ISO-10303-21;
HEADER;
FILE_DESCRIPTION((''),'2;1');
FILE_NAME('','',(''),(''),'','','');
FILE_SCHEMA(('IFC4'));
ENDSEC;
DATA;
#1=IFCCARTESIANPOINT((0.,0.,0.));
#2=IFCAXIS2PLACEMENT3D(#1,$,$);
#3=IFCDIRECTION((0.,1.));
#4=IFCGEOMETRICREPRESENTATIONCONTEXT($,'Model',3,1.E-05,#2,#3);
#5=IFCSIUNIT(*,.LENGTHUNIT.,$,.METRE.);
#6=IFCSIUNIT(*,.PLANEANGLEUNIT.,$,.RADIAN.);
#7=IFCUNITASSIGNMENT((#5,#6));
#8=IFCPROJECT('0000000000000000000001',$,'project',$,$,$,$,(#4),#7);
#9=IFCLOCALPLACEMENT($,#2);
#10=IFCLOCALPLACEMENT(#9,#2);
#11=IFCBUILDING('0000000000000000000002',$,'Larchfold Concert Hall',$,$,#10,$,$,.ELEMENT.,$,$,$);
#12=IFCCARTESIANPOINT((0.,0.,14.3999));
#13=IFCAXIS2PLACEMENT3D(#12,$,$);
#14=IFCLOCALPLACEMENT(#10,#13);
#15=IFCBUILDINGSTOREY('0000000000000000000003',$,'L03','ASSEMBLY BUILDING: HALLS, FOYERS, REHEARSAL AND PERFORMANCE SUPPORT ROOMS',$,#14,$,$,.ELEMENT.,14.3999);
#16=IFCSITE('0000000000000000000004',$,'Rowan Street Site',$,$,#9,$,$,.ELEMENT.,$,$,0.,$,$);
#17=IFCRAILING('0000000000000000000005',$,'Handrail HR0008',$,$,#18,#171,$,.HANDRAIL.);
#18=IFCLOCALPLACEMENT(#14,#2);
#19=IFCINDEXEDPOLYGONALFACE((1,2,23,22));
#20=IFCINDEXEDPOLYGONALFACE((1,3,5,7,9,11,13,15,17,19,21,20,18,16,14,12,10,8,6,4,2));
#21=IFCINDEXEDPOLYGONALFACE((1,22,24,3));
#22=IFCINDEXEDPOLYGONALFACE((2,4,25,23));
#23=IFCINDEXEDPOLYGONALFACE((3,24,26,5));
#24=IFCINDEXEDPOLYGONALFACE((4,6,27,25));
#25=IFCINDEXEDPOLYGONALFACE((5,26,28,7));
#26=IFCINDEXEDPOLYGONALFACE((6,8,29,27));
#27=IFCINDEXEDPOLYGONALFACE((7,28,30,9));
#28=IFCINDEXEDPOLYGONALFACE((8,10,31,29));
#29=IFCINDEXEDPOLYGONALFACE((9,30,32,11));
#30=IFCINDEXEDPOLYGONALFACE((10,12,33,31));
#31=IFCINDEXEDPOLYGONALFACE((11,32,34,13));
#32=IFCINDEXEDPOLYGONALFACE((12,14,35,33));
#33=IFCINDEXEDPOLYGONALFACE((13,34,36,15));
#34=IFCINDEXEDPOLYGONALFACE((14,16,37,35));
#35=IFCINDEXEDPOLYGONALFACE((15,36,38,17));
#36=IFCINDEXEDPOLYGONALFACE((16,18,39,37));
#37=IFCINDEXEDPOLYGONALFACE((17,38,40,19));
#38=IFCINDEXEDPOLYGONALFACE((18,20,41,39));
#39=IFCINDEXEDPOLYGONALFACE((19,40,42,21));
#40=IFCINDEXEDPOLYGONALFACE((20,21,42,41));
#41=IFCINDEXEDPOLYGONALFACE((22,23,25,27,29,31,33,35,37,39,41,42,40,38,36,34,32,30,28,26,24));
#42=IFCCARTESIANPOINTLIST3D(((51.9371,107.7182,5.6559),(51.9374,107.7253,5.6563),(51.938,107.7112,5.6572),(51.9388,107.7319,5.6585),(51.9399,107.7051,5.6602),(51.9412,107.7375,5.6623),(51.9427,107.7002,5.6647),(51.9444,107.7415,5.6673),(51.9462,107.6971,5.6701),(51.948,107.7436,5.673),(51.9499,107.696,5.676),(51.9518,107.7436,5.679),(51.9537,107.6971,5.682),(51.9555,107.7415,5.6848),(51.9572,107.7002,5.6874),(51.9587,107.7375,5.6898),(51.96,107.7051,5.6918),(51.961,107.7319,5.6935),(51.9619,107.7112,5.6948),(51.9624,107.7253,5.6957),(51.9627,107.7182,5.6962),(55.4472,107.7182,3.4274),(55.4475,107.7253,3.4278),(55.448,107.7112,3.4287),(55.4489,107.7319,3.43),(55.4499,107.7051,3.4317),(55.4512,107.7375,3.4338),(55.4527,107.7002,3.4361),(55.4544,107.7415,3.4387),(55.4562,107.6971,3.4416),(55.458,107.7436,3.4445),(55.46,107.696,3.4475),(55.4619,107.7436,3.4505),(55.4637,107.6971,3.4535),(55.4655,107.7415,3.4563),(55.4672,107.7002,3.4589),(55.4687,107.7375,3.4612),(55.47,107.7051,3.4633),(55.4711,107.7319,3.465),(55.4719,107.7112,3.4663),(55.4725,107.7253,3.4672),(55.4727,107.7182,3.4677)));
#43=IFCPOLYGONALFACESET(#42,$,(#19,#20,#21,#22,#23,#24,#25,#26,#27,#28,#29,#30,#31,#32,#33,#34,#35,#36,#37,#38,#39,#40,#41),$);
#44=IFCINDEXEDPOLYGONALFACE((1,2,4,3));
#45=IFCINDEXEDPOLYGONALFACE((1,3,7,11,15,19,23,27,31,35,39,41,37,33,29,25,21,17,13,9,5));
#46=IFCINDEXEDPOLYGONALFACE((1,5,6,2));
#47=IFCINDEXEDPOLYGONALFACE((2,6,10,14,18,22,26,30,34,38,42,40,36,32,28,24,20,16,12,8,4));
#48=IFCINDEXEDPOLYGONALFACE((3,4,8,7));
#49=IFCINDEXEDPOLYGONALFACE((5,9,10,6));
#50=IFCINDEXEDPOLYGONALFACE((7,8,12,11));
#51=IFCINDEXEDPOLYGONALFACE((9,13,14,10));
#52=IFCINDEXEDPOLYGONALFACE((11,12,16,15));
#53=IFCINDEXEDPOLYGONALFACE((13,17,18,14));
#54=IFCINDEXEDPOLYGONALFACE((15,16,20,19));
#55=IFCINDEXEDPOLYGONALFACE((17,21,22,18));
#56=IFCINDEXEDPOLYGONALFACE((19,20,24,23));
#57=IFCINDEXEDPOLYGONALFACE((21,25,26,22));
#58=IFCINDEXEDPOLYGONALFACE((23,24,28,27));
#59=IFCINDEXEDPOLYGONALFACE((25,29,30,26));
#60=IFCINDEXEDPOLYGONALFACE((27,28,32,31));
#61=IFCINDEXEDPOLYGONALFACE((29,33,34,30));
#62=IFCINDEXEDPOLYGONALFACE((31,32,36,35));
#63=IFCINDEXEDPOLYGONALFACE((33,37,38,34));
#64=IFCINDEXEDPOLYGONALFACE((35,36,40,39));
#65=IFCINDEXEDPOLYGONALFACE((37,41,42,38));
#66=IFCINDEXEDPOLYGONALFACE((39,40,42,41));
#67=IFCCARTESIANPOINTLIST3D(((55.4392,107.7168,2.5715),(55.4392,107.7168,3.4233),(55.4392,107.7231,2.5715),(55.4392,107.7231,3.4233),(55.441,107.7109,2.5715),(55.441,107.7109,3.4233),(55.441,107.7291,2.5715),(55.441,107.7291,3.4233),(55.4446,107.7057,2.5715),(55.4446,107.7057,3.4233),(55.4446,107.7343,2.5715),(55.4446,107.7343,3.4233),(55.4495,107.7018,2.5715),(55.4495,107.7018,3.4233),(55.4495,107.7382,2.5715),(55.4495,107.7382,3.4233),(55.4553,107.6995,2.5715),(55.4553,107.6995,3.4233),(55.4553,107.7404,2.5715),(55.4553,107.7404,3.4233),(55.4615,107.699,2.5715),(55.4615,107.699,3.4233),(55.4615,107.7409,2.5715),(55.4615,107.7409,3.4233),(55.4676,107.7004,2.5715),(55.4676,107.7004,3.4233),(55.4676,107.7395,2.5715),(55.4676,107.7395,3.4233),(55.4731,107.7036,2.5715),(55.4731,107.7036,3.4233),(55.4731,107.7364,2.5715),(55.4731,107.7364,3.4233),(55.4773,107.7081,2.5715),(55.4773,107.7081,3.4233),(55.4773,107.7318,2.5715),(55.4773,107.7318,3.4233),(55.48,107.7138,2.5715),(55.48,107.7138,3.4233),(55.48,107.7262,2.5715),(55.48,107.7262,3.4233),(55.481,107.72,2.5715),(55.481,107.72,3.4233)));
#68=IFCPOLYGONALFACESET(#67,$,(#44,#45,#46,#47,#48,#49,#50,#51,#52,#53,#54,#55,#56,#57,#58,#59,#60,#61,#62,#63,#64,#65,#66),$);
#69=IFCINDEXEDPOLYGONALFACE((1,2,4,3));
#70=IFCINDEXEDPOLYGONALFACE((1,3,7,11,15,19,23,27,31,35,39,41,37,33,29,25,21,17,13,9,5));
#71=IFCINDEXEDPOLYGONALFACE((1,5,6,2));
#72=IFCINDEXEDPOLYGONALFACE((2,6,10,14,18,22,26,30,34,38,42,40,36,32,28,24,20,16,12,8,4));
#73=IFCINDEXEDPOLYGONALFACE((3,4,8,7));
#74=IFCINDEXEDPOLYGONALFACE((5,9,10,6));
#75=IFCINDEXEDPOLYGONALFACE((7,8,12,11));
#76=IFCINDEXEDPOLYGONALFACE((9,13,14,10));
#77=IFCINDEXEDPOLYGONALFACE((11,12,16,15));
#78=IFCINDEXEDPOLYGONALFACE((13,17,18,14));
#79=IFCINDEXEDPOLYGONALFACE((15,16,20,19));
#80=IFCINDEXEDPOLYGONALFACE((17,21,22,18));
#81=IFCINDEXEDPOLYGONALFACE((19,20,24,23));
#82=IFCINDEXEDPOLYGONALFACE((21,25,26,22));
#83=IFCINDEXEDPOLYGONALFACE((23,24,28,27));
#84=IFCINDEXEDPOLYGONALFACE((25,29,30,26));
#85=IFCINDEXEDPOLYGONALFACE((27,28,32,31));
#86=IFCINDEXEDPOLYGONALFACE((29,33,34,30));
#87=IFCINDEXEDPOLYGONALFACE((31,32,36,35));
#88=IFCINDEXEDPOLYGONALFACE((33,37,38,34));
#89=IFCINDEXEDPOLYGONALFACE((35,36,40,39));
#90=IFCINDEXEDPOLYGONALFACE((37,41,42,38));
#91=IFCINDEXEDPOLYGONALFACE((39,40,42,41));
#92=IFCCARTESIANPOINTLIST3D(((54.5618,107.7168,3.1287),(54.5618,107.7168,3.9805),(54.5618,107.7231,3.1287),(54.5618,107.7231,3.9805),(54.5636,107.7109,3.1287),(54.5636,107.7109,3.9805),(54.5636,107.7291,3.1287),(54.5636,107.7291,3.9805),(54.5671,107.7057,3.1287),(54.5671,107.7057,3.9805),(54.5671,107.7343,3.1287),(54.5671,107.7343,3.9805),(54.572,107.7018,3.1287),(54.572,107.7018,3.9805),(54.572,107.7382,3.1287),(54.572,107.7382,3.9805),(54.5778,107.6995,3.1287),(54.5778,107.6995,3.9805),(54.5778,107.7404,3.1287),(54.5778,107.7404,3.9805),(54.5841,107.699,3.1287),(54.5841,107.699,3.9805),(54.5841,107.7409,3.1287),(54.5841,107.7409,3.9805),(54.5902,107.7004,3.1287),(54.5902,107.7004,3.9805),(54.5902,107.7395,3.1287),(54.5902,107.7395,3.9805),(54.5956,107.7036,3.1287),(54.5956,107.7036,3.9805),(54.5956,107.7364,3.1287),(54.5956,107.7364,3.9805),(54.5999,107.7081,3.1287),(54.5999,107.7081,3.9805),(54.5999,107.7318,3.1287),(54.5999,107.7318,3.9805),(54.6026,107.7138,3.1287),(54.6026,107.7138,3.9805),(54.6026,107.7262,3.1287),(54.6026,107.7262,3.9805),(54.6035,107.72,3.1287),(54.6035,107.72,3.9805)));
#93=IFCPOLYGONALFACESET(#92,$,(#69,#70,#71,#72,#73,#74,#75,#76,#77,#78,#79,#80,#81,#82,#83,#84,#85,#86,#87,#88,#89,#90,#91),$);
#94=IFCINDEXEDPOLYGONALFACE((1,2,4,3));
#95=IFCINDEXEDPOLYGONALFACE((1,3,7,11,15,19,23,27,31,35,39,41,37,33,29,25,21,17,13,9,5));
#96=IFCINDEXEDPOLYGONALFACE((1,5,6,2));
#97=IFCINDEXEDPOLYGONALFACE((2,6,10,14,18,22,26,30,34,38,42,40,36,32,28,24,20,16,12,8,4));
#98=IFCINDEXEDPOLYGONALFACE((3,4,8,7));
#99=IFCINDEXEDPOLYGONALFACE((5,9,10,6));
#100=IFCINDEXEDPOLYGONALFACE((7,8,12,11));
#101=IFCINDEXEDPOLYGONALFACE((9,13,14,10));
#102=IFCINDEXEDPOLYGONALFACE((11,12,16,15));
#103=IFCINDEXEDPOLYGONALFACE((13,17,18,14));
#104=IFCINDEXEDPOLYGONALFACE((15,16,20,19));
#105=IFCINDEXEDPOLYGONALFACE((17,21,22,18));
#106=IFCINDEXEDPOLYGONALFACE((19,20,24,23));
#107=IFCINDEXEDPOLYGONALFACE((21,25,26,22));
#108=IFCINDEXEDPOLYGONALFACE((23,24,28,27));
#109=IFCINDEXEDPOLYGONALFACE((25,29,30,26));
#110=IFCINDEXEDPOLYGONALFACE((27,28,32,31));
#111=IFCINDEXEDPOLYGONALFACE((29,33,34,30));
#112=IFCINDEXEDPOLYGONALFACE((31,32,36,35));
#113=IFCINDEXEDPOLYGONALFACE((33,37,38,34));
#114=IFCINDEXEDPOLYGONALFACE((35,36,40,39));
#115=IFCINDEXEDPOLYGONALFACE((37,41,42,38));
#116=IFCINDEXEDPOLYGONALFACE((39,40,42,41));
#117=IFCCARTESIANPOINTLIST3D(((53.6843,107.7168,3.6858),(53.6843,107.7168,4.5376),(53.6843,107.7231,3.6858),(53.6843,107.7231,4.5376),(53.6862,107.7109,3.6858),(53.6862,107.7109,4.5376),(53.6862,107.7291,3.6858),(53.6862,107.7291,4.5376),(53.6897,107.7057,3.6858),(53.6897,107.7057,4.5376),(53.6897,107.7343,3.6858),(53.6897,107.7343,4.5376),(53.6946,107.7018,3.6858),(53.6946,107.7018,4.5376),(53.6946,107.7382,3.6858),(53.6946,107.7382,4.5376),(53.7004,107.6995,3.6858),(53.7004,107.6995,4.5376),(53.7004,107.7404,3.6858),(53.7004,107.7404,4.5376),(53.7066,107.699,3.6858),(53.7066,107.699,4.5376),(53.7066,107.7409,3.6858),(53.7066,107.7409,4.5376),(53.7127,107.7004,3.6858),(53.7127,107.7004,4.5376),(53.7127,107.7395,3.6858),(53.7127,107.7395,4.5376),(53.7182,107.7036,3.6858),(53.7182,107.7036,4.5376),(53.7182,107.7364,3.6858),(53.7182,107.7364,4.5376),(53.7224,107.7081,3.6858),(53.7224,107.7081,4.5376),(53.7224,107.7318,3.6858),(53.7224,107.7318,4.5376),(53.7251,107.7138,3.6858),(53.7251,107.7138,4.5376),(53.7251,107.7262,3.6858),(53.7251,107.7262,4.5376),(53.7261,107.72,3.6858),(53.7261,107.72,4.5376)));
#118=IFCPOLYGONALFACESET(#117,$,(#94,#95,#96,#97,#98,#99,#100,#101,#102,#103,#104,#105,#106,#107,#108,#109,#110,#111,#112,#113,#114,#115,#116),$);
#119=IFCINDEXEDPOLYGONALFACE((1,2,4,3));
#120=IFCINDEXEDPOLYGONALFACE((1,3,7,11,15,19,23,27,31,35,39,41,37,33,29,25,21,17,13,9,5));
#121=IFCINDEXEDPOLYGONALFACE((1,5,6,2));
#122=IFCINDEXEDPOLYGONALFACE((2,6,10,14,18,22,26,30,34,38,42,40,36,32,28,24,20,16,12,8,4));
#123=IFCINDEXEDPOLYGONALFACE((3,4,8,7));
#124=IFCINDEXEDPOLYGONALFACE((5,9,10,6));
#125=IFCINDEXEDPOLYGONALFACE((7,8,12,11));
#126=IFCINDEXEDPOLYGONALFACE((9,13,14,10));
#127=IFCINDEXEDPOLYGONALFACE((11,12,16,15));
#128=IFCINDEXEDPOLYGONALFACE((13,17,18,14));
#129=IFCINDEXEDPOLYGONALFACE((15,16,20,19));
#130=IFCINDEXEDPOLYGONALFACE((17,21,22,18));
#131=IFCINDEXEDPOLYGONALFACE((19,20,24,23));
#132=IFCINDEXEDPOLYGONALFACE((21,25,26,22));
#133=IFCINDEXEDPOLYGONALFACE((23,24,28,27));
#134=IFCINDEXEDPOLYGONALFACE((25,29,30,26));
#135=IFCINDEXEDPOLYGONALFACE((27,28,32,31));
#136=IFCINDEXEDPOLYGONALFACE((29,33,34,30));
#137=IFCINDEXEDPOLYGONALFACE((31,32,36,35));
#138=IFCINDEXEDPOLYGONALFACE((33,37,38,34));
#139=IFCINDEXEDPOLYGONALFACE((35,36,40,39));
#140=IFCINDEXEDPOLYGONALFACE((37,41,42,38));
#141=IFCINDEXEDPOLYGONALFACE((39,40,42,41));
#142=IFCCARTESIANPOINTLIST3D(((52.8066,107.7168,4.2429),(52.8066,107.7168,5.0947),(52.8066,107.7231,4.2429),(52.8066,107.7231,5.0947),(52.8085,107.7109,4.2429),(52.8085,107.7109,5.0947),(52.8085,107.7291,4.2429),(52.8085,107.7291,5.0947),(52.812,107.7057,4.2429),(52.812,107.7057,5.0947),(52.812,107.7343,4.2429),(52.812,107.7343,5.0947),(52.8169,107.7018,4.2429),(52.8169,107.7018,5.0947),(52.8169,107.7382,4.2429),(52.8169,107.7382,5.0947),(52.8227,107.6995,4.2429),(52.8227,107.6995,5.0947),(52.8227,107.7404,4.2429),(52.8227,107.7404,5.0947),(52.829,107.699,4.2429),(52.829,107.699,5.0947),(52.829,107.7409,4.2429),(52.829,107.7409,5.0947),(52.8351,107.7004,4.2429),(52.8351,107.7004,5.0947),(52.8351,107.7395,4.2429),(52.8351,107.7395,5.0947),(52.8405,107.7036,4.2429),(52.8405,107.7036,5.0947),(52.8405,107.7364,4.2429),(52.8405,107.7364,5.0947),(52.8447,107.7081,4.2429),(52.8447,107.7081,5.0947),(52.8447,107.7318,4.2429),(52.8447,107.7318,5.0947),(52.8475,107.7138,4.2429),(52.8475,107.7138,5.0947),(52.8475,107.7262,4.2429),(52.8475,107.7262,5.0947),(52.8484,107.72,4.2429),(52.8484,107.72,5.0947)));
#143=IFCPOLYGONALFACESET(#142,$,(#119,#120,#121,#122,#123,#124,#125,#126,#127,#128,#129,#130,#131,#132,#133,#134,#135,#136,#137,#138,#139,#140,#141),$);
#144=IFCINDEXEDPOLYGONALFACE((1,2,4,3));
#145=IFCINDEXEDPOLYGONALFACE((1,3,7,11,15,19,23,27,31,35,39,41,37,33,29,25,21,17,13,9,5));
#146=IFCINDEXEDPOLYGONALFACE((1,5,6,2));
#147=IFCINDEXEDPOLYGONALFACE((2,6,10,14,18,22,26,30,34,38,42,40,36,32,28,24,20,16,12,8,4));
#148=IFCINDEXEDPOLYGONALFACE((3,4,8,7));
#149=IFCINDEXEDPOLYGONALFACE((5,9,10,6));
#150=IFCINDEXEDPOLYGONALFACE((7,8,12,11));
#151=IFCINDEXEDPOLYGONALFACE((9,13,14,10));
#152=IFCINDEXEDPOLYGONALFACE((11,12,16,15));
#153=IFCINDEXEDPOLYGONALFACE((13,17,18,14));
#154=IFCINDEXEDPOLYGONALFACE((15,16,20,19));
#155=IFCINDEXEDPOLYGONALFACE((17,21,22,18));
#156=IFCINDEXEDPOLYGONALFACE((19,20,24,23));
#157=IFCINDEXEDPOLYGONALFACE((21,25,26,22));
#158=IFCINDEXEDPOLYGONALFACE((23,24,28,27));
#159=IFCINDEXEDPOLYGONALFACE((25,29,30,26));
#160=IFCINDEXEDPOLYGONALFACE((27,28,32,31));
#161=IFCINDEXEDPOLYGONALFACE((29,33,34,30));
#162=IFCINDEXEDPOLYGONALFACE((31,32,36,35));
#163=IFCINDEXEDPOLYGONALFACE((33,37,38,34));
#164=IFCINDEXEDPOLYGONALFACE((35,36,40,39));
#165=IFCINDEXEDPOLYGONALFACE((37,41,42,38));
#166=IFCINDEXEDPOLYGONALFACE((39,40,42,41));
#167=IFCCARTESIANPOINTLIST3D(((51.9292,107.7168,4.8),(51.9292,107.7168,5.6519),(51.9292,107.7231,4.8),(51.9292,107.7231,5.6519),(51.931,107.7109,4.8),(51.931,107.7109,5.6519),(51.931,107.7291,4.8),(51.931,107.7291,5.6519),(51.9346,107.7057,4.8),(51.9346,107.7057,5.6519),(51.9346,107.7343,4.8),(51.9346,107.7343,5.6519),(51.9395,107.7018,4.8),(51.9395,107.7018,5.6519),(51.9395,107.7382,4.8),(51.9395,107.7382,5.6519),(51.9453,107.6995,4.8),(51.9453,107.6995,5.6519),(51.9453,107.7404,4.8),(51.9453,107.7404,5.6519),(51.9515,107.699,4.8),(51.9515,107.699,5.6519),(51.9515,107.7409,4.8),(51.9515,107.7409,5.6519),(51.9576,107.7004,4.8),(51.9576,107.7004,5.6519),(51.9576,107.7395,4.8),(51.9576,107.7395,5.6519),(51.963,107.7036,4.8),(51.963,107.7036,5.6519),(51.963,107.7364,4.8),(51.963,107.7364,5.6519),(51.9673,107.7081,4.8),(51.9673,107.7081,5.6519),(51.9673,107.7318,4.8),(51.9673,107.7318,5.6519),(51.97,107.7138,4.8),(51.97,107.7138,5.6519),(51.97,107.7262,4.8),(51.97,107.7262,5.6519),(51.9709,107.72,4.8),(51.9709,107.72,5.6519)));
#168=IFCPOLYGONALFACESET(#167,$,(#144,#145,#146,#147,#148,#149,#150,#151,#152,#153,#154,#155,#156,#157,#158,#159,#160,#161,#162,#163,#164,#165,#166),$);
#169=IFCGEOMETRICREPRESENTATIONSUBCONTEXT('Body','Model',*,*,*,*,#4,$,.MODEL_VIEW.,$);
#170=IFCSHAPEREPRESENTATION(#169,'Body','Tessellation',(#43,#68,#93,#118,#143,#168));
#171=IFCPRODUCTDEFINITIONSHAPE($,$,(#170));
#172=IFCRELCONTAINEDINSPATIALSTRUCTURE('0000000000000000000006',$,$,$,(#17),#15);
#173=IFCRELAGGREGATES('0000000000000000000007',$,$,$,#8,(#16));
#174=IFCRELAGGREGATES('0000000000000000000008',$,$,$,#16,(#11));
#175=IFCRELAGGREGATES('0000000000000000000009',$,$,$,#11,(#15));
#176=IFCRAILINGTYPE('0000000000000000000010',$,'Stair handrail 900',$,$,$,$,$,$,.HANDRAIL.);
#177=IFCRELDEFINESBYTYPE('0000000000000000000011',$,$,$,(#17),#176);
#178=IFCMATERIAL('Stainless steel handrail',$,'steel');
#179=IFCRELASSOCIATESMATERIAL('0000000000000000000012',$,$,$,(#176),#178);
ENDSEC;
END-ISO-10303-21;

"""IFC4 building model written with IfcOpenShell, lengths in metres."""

from ifc_helpers import new_model, si_unit, direction, frame, origin, origin_2d, place, context, subcontext, project, spatial, circle, extrude, material, type_object, element, save


model = new_model("IFC4")

# Units and contexts
model_context = context("Model", 3, precision=1e-05, world=origin(), true_north=direction((0.0, 1.0)))
body_context = subcontext(model_context, "Body", "Model", "MODEL_VIEW")
ifc_project = project(units=[si_unit("LENGTHUNIT", "METRE"), si_unit("PLANEANGLEUNIT", "RADIAN")], contexts=[model_context])

# Site, building, storey
site_placement = place(None, origin())
site = spatial("IfcSite", under=ifc_project, at=site_placement, Name="Rowan Street Site", CompositionType="ELEMENT", RefElevation=0.0)
building_placement = place(site_placement, origin())
building = spatial("IfcBuilding", under=site, at=building_placement, Name="Larchfold Concert Hall", CompositionType="ELEMENT")
storey_placement = place(building_placement, frame((0.0, 0.0, 14.3999)))
storey = spatial("IfcBuildingStorey", under=building, at=storey_placement, Name="L03", Description="ASSEMBLY BUILDING: HALLS, FOYERS, REHEARSAL AND PERFORMANCE SUPPORT ROOMS", CompositionType="ELEMENT", Elevation=14.3999)

# Railing
ifc_material_1 = material(Name="Stainless steel handrail", Category="steel")
railing_type_1 = type_object("IfcRailingType", Name="Stair handrail 900", PredefinedType="HANDRAIL", material=ifc_material_1)
railing_1_placement = place(storey_placement, frame((55.46, 107.72, 2.5715)))
element("IfcRailing", 1, at=railing_1_placement, inside=storey, type_object=railing_type_1, Name="Handrail HR0008", PredefinedType="HANDRAIL", context=body_context, shape_type="SweptSolid", body=[
    extrude(circle(Radius=0.0239, at=origin_2d()), frame((0.0, 0.0, 0.876), z_axis=(-0.84422, 0.0, 0.535998), x_axis=(0.0, -1.0, 0.0)), (0.0, 0.0, 1.0), 4.1577),
    extrude(circle(Radius=0.021, at=origin_2d()), origin(), (0.0, 0.0, 1.0), 0.8518),
    extrude(circle(Radius=0.021, at=origin_2d()), frame((-0.8774, 0.0, 0.5571)), (0.0, 0.0, 1.0), 0.8518),
    extrude(circle(Radius=0.021, at=origin_2d()), frame((-1.7549, 0.0, 1.1143)), (0.0, 0.0, 1.0), 0.8518),
    extrude(circle(Radius=0.021, at=origin_2d()), frame((-2.6326, 0.0, 1.6714)), (0.0, 0.0, 1.0), 0.8518),
    extrude(circle(Radius=0.021, at=origin_2d()), frame((-3.51, 0.0, 2.2285)), (0.0, 0.0, 1.0), 0.8518),
])

save(model, "model.ifc")
